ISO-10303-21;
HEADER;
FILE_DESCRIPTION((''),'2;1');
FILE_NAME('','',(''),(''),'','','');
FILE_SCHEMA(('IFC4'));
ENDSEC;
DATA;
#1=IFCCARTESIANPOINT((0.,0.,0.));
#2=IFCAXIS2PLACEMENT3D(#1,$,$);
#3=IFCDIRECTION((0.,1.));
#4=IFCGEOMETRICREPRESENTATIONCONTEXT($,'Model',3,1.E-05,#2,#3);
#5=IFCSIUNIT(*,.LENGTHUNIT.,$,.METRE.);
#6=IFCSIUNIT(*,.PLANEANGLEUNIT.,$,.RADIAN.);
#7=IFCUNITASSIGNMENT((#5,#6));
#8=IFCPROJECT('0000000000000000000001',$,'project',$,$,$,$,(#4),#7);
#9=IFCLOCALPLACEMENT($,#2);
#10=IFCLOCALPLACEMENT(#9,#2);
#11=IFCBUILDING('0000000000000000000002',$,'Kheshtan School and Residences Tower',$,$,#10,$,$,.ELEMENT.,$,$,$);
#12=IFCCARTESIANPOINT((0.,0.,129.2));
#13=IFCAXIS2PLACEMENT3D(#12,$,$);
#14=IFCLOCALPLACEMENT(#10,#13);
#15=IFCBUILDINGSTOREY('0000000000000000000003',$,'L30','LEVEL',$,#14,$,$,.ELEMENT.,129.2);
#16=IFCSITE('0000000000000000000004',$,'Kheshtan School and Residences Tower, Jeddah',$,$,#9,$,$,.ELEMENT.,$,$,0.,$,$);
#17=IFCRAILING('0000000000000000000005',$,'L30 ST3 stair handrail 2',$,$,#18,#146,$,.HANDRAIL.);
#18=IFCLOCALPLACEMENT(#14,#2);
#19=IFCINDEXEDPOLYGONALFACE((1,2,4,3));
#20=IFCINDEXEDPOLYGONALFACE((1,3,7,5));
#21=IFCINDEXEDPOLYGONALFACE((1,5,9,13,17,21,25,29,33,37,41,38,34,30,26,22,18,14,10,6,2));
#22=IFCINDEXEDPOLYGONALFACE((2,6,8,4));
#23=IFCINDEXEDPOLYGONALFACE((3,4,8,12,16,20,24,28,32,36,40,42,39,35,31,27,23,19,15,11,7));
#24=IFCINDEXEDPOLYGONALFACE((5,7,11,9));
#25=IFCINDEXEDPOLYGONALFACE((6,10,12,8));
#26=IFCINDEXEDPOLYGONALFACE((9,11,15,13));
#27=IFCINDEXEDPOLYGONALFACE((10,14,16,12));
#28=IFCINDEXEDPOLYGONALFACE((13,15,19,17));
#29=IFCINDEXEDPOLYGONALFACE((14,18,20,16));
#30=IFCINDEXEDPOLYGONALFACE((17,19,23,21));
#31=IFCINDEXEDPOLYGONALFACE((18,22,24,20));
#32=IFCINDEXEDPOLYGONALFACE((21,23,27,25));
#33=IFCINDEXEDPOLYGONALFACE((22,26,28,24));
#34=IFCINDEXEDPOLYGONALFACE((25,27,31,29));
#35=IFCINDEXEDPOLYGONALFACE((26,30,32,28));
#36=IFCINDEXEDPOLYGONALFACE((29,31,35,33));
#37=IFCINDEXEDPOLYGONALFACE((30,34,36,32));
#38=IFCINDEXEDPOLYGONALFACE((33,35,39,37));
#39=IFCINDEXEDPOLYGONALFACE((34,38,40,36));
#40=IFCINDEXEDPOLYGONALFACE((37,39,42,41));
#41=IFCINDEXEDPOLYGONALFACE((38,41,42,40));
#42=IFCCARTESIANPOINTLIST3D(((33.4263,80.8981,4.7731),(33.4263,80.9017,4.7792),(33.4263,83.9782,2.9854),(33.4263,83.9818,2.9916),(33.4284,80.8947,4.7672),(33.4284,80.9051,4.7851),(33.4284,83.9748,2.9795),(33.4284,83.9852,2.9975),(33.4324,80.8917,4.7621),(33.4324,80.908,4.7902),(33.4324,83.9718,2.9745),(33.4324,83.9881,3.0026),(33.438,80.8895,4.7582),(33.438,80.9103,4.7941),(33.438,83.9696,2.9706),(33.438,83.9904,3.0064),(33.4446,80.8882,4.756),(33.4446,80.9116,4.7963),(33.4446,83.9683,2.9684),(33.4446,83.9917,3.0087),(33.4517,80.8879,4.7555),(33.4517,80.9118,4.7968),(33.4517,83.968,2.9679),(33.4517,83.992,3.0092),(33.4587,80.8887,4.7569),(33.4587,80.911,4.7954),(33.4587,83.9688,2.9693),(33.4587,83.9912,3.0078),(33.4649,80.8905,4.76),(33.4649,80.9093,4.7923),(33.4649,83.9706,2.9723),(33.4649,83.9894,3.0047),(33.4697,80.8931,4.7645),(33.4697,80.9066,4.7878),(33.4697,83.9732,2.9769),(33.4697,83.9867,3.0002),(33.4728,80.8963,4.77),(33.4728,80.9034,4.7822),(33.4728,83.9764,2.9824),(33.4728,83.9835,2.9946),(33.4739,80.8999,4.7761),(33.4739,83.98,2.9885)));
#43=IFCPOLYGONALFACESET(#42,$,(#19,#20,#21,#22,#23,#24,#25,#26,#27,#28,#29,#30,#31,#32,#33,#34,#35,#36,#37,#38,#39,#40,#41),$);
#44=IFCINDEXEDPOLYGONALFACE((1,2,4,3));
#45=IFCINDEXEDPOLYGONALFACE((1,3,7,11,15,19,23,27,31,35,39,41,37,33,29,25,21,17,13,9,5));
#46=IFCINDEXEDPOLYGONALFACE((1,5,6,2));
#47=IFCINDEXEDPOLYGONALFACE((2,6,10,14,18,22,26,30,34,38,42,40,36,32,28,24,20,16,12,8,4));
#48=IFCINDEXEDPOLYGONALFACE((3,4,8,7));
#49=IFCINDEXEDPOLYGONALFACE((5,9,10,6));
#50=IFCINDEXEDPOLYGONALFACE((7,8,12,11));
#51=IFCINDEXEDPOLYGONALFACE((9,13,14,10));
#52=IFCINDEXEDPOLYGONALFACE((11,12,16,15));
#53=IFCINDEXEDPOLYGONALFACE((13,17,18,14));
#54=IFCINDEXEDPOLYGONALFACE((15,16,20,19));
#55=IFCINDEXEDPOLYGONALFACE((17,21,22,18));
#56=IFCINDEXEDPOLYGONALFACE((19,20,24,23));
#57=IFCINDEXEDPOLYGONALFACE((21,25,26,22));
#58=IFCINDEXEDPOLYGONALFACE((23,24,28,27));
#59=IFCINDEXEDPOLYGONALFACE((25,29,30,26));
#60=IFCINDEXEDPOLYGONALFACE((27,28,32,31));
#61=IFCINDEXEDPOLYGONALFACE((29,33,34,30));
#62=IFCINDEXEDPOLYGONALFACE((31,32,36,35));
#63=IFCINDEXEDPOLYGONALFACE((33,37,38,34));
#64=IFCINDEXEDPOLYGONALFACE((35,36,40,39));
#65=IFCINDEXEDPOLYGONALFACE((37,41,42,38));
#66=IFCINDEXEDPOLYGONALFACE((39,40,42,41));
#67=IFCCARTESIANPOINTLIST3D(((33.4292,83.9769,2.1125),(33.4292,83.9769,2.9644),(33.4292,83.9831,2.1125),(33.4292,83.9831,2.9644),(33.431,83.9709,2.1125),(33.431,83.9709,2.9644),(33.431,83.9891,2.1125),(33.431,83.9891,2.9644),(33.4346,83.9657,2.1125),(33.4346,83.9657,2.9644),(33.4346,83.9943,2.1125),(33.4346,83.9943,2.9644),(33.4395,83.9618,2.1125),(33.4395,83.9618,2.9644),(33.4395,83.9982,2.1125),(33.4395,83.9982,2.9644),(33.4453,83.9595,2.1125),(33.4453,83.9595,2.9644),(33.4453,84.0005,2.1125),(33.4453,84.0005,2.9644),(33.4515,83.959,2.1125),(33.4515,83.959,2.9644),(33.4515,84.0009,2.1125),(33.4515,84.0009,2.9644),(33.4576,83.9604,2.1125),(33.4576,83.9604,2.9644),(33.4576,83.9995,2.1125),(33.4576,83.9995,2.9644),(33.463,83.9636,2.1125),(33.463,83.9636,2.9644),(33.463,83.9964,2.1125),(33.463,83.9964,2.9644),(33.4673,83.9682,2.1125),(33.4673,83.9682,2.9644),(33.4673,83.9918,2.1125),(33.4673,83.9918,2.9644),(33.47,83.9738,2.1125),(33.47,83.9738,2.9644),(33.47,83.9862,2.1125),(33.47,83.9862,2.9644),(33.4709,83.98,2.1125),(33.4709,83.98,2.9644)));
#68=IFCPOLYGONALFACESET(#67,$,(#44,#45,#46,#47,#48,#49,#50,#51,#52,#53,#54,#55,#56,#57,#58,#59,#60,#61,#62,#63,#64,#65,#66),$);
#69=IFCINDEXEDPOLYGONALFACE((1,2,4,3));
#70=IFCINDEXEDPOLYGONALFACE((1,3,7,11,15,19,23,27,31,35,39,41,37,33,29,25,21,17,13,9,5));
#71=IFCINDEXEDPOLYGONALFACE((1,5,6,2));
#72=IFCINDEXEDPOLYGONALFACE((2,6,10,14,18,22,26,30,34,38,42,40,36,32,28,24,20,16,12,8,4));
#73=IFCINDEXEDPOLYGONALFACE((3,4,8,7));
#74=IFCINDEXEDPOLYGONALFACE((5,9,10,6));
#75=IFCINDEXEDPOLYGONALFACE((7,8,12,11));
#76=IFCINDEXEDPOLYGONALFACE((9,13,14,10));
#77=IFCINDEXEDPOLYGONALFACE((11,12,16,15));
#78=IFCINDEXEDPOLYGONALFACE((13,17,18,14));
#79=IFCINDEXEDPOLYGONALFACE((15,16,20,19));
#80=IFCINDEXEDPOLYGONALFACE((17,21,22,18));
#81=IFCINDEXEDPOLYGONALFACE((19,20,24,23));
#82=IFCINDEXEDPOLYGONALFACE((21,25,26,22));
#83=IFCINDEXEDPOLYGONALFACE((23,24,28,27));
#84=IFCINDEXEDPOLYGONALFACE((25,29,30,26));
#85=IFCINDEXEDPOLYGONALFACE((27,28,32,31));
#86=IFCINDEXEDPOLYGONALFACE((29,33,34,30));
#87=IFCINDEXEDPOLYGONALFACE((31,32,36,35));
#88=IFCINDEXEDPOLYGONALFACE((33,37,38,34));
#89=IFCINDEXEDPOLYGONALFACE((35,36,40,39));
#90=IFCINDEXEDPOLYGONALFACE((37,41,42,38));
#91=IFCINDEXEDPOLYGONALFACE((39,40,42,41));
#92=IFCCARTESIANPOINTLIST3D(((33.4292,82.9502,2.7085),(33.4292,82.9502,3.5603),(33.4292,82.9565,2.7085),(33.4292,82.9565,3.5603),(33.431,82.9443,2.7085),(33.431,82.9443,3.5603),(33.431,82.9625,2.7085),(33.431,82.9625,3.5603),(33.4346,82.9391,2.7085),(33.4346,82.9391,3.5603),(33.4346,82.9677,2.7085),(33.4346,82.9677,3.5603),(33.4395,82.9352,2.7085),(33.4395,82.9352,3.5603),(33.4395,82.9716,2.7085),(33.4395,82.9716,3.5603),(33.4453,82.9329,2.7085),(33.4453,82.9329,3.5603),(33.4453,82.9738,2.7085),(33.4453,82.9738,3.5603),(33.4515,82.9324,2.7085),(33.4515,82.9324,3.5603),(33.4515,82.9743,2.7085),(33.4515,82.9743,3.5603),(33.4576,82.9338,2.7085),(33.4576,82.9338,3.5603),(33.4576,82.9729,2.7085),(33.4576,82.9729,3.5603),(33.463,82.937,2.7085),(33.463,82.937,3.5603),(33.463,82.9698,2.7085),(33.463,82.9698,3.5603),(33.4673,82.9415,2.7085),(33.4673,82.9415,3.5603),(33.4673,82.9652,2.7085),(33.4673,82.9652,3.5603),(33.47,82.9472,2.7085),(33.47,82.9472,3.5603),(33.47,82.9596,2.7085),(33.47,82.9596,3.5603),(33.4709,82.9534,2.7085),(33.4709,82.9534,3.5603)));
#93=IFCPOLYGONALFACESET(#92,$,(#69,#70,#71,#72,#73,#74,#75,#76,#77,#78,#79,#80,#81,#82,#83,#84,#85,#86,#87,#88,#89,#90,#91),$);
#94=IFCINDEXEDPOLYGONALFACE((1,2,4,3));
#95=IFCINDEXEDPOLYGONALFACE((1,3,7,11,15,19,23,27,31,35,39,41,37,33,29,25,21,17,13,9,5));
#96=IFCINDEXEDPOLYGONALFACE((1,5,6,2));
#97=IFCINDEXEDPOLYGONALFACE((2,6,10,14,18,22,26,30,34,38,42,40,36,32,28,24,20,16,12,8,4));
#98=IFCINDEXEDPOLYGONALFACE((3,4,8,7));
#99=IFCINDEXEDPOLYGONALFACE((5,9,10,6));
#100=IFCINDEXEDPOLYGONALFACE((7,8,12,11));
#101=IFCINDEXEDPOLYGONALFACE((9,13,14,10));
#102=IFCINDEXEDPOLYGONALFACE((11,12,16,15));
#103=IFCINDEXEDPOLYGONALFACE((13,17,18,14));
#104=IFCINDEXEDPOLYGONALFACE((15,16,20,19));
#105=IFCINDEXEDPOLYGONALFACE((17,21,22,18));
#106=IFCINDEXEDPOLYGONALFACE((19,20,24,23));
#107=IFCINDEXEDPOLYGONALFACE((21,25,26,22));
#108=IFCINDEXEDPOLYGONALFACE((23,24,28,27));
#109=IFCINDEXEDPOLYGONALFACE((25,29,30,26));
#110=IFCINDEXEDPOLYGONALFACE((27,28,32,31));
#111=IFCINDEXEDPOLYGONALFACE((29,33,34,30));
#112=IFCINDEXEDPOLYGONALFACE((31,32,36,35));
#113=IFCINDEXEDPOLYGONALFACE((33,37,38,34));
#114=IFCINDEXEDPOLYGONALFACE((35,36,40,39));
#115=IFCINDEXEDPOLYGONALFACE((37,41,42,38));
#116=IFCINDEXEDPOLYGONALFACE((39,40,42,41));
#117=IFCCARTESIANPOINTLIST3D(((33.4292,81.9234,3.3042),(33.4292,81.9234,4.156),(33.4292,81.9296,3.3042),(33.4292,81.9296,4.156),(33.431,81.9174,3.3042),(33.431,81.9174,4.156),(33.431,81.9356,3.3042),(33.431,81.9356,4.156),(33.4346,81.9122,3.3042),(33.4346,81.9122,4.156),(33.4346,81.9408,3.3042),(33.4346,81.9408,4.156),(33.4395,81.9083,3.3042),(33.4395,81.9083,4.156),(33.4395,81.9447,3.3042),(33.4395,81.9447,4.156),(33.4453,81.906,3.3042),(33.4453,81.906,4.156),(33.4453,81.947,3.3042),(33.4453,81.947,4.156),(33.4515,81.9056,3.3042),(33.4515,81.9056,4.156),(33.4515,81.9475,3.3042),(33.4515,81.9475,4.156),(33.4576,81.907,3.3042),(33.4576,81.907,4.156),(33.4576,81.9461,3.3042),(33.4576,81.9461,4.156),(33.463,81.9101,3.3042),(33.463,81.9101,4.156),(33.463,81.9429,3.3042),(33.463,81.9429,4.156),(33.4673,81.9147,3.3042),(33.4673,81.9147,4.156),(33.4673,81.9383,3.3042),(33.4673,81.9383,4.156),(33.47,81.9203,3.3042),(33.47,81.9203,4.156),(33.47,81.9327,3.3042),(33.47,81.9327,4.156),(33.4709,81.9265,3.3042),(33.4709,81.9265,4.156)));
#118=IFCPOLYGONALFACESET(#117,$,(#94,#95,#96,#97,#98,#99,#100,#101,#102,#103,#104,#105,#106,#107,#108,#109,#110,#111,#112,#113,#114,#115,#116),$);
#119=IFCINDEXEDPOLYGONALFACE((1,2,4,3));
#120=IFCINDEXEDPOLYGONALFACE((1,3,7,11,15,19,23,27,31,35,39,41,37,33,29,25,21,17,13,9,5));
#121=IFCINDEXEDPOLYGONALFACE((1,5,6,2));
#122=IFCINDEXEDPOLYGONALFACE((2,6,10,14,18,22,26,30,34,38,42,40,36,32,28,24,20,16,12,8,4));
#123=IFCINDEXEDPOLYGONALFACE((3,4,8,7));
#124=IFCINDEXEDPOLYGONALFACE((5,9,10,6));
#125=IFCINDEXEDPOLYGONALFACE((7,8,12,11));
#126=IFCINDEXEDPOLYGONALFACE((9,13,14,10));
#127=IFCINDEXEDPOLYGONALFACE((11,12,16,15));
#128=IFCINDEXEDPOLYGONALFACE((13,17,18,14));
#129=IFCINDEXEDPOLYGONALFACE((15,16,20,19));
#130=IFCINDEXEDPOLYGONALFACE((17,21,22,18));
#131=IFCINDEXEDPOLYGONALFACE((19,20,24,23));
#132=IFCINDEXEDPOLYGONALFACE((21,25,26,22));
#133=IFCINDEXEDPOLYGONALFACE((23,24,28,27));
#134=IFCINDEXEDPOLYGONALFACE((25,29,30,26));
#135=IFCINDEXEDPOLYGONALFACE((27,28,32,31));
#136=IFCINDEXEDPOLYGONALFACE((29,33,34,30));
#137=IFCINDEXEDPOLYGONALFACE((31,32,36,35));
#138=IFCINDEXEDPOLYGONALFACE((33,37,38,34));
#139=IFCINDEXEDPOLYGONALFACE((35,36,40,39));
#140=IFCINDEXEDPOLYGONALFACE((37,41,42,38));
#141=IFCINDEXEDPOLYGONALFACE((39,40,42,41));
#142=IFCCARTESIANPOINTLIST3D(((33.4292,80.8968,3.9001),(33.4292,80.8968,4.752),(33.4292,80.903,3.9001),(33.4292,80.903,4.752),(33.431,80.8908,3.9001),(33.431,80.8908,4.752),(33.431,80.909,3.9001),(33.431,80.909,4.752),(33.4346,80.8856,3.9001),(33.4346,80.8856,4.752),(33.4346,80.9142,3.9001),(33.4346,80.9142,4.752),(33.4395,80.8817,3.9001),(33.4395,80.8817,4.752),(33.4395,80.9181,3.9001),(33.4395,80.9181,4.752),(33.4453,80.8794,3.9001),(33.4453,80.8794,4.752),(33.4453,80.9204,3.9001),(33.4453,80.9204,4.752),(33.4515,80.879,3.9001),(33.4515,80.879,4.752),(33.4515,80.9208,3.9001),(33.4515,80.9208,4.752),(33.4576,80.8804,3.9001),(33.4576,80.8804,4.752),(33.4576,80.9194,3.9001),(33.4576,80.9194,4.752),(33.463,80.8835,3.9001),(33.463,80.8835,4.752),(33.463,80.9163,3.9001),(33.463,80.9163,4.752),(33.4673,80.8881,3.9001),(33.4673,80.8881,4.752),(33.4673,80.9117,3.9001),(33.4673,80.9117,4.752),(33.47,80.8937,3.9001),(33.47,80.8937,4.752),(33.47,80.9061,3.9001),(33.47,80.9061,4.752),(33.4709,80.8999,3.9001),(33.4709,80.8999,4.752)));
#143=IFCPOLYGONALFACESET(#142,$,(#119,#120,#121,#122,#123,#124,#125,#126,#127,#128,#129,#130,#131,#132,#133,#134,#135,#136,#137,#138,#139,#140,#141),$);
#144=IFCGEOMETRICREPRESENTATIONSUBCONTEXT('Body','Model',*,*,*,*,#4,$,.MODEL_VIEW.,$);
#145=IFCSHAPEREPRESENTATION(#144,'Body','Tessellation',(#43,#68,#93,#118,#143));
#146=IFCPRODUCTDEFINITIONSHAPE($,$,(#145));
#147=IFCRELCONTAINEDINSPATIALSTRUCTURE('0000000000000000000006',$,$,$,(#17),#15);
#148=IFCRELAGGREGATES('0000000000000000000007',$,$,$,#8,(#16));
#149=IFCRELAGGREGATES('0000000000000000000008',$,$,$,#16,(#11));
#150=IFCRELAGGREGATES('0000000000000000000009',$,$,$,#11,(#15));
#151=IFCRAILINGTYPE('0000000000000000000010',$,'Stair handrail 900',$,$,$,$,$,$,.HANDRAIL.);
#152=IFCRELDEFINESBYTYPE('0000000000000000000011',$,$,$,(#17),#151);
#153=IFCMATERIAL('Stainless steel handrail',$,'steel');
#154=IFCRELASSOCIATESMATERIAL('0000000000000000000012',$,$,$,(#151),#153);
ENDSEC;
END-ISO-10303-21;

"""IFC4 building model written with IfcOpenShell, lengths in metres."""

from ifc_helpers import new_model, si_unit, direction, frame, origin, origin_2d, place, context, subcontext, project, spatial, circle, extrude, material, type_object, element, save


model = new_model("IFC4")

# Units and contexts
model_context = context("Model", 3, precision=1e-05, world=origin(), true_north=direction((0.0, 1.0)))
body_context = subcontext(model_context, "Body", "Model", "MODEL_VIEW")
ifc_project = project(units=[si_unit("LENGTHUNIT", "METRE"), si_unit("PLANEANGLEUNIT", "RADIAN")], contexts=[model_context])

# Site, building, storey
site_placement = place(None, origin())
site = spatial("IfcSite", under=ifc_project, at=site_placement, Name="Kheshtan School and Residences Tower, Jeddah", CompositionType="ELEMENT", RefElevation=0.0)
building_placement = place(site_placement, origin())
building = spatial("IfcBuilding", under=site, at=building_placement, Name="Kheshtan School and Residences Tower", CompositionType="ELEMENT")
storey_placement = place(building_placement, frame((0.0, 0.0, 129.2)))
storey = spatial("IfcBuildingStorey", under=building, at=storey_placement, Name="L30", Description="LEVEL", CompositionType="ELEMENT", Elevation=129.2)

# Railing
ifc_material_1 = material(Name="Stainless steel handrail", Category="steel")
railing_type_1 = type_object("IfcRailingType", Name="Stair handrail 900", PredefinedType="HANDRAIL", material=ifc_material_1)
railing_1_placement = place(storey_placement, frame((33.45, 83.98, 2.1125)))
element("IfcRailing", 1, at=railing_1_placement, inside=storey, type_object=railing_type_1, Name="L30 ST3 stair handrail 2", PredefinedType="HANDRAIL", context=body_context, shape_type="SweptSolid", body=[
    extrude(circle(Radius=0.0239, at=origin_2d()), frame((0.0, 0.0, 0.876), z_axis=(0.0, -0.864891, 0.50196), x_axis=(1.0, 0.0, 0.0)), (0.0, 0.0, 1.0), 3.5613),
    extrude(circle(Radius=0.021, at=origin_2d()), origin(), (0.0, 0.0, 1.0), 0.8518),
    extrude(circle(Radius=0.021, at=origin_2d()), frame((0.0, -1.0266, 0.5959)), (0.0, 0.0, 1.0), 0.8518),
    extrude(circle(Radius=0.021, at=origin_2d()), frame((0.0, -2.0535, 1.1917)), (0.0, 0.0, 1.0), 0.8518),
    extrude(circle(Radius=0.021, at=origin_2d()), frame((0.0, -3.0801, 1.7876)), (0.0, 0.0, 1.0), 0.8518),
])

save(model, "model.ifc")
